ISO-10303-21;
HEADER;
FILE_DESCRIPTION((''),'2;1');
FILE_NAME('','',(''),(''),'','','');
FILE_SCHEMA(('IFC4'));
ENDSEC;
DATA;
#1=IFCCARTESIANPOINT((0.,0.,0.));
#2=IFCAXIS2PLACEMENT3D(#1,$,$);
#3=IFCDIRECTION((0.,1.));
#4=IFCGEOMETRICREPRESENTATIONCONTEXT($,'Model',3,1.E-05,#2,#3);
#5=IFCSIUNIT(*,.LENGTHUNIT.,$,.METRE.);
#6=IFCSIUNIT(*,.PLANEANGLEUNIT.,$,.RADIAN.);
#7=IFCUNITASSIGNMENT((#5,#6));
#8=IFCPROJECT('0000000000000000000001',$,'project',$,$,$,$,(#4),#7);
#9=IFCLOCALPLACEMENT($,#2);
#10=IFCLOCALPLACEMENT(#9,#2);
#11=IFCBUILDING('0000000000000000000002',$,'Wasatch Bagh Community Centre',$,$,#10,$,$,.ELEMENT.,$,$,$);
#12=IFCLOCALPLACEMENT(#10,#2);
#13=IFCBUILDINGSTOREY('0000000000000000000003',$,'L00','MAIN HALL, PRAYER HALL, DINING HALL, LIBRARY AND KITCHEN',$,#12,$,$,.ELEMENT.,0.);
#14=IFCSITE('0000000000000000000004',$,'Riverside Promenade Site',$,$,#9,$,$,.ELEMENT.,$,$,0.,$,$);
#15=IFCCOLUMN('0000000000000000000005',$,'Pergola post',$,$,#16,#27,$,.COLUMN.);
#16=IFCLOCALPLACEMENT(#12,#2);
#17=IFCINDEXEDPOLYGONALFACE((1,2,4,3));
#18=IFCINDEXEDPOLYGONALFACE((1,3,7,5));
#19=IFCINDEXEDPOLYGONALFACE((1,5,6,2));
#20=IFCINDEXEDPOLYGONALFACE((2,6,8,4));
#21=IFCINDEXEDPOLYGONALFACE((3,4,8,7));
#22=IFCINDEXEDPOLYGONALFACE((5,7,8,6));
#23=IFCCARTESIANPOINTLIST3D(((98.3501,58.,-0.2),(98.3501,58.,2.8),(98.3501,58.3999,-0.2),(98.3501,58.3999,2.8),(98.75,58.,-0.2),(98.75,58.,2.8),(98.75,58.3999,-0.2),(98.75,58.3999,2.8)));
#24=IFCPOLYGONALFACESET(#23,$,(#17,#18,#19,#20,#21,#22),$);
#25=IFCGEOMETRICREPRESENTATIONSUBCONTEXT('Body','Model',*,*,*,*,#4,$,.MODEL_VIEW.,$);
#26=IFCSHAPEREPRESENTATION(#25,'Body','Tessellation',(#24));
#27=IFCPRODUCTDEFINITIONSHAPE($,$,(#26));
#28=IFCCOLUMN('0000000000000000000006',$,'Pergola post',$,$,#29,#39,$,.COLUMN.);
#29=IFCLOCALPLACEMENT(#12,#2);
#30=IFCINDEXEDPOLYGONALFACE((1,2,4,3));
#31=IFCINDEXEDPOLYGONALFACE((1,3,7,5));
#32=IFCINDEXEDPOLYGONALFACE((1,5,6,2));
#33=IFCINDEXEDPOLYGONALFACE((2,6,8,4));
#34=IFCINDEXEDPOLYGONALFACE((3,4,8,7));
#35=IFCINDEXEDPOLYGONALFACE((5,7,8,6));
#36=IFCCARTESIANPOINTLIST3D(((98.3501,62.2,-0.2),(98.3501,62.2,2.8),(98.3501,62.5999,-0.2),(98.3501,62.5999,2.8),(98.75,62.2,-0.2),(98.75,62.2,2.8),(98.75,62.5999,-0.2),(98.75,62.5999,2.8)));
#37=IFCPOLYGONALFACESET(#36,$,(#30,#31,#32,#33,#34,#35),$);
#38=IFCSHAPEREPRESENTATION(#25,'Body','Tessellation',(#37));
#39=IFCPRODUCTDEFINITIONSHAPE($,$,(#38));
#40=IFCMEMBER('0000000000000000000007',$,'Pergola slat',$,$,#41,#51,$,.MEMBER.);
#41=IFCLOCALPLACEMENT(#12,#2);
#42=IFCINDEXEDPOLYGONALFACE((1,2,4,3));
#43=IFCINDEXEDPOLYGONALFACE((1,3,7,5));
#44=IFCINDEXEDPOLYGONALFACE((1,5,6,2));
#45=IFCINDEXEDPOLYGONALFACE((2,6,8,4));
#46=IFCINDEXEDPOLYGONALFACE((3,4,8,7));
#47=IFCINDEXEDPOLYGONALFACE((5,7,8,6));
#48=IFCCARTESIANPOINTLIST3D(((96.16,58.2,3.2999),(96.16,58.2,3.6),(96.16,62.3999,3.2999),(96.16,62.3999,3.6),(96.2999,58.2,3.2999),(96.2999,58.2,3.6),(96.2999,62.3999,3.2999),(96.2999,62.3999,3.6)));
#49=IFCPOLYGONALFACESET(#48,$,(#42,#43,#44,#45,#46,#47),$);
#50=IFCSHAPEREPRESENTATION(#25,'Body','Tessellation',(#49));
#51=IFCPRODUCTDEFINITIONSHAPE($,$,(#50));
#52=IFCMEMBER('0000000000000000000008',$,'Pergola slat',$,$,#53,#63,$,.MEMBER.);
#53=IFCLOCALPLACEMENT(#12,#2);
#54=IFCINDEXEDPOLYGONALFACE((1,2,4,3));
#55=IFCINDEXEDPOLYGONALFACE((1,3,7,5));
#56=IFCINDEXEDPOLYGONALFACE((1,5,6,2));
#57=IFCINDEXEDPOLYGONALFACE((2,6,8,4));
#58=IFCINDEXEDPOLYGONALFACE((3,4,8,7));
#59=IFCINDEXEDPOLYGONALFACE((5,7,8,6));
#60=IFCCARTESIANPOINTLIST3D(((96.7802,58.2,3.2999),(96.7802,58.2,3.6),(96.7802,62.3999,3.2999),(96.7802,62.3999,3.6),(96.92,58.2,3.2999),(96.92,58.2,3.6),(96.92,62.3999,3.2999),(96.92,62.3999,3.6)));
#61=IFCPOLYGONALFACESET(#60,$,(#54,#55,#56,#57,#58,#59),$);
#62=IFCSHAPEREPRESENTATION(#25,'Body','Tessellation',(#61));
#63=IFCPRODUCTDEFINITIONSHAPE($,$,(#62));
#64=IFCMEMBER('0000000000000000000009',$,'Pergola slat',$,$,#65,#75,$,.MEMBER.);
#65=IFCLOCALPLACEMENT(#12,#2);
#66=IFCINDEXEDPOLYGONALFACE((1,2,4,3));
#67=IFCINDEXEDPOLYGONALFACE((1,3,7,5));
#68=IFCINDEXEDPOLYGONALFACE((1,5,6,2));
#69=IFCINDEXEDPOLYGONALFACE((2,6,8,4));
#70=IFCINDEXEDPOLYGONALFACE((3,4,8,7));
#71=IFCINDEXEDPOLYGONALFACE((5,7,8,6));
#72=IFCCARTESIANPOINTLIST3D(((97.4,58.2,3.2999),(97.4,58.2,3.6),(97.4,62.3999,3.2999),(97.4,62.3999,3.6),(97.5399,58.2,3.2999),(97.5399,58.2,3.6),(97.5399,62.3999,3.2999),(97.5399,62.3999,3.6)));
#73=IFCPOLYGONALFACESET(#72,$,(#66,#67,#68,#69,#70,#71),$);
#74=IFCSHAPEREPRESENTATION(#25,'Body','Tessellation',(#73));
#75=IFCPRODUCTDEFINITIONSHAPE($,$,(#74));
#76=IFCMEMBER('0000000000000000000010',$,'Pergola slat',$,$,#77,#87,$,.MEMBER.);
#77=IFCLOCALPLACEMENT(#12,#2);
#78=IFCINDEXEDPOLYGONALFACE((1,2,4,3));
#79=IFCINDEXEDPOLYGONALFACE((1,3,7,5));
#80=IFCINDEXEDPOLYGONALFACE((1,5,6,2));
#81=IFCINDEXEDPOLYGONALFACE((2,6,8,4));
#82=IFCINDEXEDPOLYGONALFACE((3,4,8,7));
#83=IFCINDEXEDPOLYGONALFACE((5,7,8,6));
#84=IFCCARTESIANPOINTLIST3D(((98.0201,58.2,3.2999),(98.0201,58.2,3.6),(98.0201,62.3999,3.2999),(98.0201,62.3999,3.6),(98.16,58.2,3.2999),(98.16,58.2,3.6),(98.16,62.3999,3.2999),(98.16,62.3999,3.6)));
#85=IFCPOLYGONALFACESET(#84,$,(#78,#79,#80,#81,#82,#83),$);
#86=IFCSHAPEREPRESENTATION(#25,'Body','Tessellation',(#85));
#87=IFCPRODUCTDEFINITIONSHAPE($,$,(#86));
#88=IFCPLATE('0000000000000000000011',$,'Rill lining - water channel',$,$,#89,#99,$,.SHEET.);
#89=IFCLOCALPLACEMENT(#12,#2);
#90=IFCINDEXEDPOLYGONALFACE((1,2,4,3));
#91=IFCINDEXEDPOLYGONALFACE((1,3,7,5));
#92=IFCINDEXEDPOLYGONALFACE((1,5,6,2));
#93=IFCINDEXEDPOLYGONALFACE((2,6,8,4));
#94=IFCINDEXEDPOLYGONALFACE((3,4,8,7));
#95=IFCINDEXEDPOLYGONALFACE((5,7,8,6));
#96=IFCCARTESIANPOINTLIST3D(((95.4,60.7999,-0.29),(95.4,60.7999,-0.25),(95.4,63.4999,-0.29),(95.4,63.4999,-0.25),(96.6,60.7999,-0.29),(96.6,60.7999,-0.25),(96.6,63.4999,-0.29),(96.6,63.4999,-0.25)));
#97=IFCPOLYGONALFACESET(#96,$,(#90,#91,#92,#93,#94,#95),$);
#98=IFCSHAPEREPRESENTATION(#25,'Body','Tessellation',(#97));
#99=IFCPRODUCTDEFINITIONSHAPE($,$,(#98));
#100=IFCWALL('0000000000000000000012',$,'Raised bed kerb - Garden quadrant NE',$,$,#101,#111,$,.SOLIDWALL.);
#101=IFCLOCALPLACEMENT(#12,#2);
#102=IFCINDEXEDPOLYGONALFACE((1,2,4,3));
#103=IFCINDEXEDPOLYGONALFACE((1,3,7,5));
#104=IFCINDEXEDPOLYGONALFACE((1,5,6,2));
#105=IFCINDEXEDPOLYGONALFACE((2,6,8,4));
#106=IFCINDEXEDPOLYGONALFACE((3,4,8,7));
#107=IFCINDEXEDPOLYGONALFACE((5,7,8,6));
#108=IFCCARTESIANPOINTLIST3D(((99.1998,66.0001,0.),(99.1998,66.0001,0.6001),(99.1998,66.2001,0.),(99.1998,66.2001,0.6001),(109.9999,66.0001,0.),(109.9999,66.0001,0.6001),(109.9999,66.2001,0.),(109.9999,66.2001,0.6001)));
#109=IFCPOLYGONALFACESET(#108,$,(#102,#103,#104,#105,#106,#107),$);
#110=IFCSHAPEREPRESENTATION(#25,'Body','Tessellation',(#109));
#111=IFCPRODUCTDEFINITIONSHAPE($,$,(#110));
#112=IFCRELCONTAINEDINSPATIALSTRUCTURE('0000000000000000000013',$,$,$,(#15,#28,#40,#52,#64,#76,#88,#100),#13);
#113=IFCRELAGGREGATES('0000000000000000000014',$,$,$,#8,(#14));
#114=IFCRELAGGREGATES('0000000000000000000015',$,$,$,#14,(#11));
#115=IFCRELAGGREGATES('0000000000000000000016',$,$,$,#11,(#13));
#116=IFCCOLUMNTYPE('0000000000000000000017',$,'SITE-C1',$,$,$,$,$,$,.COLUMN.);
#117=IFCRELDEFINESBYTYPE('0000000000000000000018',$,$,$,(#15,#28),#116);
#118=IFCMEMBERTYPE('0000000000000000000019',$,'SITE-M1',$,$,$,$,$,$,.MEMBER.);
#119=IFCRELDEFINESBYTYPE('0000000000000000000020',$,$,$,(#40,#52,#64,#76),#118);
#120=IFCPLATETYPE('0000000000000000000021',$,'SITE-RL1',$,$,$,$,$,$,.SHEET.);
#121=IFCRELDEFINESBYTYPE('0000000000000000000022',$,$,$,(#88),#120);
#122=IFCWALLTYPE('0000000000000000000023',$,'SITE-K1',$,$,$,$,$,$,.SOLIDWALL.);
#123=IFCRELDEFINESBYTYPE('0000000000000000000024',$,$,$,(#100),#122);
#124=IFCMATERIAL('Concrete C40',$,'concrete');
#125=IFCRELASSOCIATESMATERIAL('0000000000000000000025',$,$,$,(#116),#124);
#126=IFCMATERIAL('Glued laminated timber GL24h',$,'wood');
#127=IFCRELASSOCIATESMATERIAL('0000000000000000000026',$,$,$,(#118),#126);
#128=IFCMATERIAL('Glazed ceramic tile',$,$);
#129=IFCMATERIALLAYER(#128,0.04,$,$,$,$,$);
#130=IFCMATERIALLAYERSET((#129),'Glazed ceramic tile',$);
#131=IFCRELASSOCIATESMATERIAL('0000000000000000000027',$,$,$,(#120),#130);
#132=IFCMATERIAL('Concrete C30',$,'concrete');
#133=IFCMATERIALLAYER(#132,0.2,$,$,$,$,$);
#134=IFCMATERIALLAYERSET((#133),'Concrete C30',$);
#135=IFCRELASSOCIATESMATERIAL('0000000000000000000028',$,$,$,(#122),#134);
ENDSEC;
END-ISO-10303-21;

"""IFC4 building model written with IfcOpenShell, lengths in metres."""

from ifc_helpers import new_model, si_unit, direction, frame, frame_2d, origin, origin_2d, place, context, subcontext, project, spatial, rectangle, extrude, material, layer, layer_set, material_profile, profile_set, type_object, element, save


model = new_model("IFC4")

# Units and contexts
model_context = context("Model", 3, precision=1e-05, world=origin(), true_north=direction((0.0, 1.0)))
body_context = subcontext(model_context, "Body", "Model", "MODEL_VIEW")
ifc_project = project(units=[si_unit("LENGTHUNIT", "METRE"), si_unit("PLANEANGLEUNIT", "RADIAN")], contexts=[model_context])

# Site, building, storey
site_placement = place(None, origin())
site = spatial("IfcSite", under=ifc_project, at=site_placement, Name="Riverside Promenade Site", CompositionType="ELEMENT", RefElevation=0.0)
building_placement = place(site_placement, origin())
building = spatial("IfcBuilding", under=site, at=building_placement, Name="Wasatch Bagh Community Centre", CompositionType="ELEMENT")
storey_placement = place(building_placement, origin())
storey = spatial("IfcBuildingStorey", under=building, at=storey_placement, Name="L00", Description="MAIN HALL, PRAYER HALL, DINING HALL, LIBRARY AND KITCHEN", CompositionType="ELEMENT", Elevation=0.0)

# Shared definitions
ifc_material_1 = material(Name="Concrete C30", Category="concrete")

# Columns
ifc_material_2 = material(Name="Concrete C40", Category="concrete")
ifc_material_profile_1 = material_profile(ifc_material_2, rectangle(XDim=0.3999, YDim=0.3999, at=origin_2d()), Name="RC 400x400")
ifc_profile_set_1 = profile_set([ifc_material_profile_1], Name="Concrete C40")
column_type = type_object("IfcColumnType", Name="SITE-C1", PredefinedType="COLUMN", material=ifc_profile_set_1)
for number, where, z_axis, x_axis, name in (
    (1, (98.55, 58.2, -0.2), (0.0, 0.0, 1.0), (1.0, 0.0, 0.0), "Pergola post"),
    (2, (98.55, 62.3999, -0.2), (0.0, 0.0, 1.0), (1.0, 0.0, 0.0), "Pergola post"),
):
    element("IfcColumn", number, at=place(storey_placement, frame(where, z_axis=z_axis, x_axis=x_axis)), inside=storey, type_object=column_type, Name=name, PredefinedType="COLUMN", context=body_context, shape_type="SweptSolid", body=[
        extrude(rectangle(XDim=0.3999, YDim=0.3999, at=origin_2d()), origin(), (0.0, 0.0, 1.0), 3.0),
    ])

# Members
ifc_material_3 = material(Name="Glued laminated timber GL24h", Category="wood")
ifc_material_profile_2 = material_profile(ifc_material_3, rectangle(XDim=0.1399, YDim=0.3, at=origin_2d()), Name="GL 140x300")
ifc_profile_set_2 = profile_set([ifc_material_profile_2], Name="Glued laminated timber GL24h")
member_type = type_object("IfcMemberType", Name="SITE-M1", PredefinedType="MEMBER", material=ifc_profile_set_2)
for number, where, z_axis, x_axis, name in (
    (3, (96.23, 58.2, 3.45), (0.0, 1.0, 0.0), (-1.0, 0.0, 0.0), "Pergola slat"),
    (4, (96.8501, 58.2, 3.45), (0.0, 1.0, 0.0), (-1.0, 0.0, 0.0), "Pergola slat"),
    (5, (97.47, 58.2, 3.45), (0.0, 1.0, 0.0), (-1.0, 0.0, 0.0), "Pergola slat"),
    (6, (98.0901, 58.2, 3.45), (0.0, 1.0, 0.0), (-1.0, 0.0, 0.0), "Pergola slat"),
):
    element("IfcMember", number, at=place(storey_placement, frame(where, z_axis=z_axis, x_axis=x_axis)), inside=storey, type_object=member_type, Name=name, PredefinedType="MEMBER", context=body_context, shape_type="SweptSolid", body=[
        extrude(rectangle(XDim=0.1399, YDim=0.3, at=origin_2d()), origin(), (0.0, 0.0, 1.0), 4.2),
    ])

# Plate
ifc_material_4 = material(Name="Glazed ceramic tile")
ifc_layer_1 = layer(ifc_material_4, 0.04)
ifc_layer_set_1 = layer_set([ifc_layer_1], Name="Glazed ceramic tile")
plate_type = type_object("IfcPlateType", Name="SITE-RL1", PredefinedType="SHEET", material=ifc_layer_set_1)
plate_placement = place(storey_placement, frame((96.0, 62.1499, -0.29), z_axis=(0.0, 0.0, 1.0), x_axis=(1.0, 0.0, 0.0)))
element("IfcPlate", 7, at=plate_placement, inside=storey, type_object=plate_type, Name="Rill lining - water channel", PredefinedType="SHEET", context=body_context, shape_type="SweptSolid", body=[
    extrude(rectangle(XDim=1.2, YDim=2.7, at=origin_2d()), origin(), (0.0, 0.0, 1.0), 0.04),
])

# Wall
ifc_layer_2 = layer(ifc_material_1, 0.2)
ifc_layer_set_2 = layer_set([ifc_layer_2], Name="Concrete C30")
wall_type = type_object("IfcWallType", Name="SITE-K1", PredefinedType="SOLIDWALL", material=ifc_layer_set_2)
wall_placement = place(storey_placement, frame((99.2, 66.1001, 0.0), z_axis=(0.0, 0.0, 1.0), x_axis=(1.0, 0.0, 0.0)))
element("IfcWall", 8, at=wall_placement, inside=storey, type_object=wall_type, Name="Raised bed kerb - Garden quadrant NE", PredefinedType="SOLIDWALL", context=body_context, shape_type="SweptSolid", body=[
    extrude(rectangle(XDim=10.8, YDim=0.2, at=frame_2d((5.3999, 0.0))), origin(), (0.0, 0.0, 1.0), 0.6001),
])

save(model, "model.ifc")
